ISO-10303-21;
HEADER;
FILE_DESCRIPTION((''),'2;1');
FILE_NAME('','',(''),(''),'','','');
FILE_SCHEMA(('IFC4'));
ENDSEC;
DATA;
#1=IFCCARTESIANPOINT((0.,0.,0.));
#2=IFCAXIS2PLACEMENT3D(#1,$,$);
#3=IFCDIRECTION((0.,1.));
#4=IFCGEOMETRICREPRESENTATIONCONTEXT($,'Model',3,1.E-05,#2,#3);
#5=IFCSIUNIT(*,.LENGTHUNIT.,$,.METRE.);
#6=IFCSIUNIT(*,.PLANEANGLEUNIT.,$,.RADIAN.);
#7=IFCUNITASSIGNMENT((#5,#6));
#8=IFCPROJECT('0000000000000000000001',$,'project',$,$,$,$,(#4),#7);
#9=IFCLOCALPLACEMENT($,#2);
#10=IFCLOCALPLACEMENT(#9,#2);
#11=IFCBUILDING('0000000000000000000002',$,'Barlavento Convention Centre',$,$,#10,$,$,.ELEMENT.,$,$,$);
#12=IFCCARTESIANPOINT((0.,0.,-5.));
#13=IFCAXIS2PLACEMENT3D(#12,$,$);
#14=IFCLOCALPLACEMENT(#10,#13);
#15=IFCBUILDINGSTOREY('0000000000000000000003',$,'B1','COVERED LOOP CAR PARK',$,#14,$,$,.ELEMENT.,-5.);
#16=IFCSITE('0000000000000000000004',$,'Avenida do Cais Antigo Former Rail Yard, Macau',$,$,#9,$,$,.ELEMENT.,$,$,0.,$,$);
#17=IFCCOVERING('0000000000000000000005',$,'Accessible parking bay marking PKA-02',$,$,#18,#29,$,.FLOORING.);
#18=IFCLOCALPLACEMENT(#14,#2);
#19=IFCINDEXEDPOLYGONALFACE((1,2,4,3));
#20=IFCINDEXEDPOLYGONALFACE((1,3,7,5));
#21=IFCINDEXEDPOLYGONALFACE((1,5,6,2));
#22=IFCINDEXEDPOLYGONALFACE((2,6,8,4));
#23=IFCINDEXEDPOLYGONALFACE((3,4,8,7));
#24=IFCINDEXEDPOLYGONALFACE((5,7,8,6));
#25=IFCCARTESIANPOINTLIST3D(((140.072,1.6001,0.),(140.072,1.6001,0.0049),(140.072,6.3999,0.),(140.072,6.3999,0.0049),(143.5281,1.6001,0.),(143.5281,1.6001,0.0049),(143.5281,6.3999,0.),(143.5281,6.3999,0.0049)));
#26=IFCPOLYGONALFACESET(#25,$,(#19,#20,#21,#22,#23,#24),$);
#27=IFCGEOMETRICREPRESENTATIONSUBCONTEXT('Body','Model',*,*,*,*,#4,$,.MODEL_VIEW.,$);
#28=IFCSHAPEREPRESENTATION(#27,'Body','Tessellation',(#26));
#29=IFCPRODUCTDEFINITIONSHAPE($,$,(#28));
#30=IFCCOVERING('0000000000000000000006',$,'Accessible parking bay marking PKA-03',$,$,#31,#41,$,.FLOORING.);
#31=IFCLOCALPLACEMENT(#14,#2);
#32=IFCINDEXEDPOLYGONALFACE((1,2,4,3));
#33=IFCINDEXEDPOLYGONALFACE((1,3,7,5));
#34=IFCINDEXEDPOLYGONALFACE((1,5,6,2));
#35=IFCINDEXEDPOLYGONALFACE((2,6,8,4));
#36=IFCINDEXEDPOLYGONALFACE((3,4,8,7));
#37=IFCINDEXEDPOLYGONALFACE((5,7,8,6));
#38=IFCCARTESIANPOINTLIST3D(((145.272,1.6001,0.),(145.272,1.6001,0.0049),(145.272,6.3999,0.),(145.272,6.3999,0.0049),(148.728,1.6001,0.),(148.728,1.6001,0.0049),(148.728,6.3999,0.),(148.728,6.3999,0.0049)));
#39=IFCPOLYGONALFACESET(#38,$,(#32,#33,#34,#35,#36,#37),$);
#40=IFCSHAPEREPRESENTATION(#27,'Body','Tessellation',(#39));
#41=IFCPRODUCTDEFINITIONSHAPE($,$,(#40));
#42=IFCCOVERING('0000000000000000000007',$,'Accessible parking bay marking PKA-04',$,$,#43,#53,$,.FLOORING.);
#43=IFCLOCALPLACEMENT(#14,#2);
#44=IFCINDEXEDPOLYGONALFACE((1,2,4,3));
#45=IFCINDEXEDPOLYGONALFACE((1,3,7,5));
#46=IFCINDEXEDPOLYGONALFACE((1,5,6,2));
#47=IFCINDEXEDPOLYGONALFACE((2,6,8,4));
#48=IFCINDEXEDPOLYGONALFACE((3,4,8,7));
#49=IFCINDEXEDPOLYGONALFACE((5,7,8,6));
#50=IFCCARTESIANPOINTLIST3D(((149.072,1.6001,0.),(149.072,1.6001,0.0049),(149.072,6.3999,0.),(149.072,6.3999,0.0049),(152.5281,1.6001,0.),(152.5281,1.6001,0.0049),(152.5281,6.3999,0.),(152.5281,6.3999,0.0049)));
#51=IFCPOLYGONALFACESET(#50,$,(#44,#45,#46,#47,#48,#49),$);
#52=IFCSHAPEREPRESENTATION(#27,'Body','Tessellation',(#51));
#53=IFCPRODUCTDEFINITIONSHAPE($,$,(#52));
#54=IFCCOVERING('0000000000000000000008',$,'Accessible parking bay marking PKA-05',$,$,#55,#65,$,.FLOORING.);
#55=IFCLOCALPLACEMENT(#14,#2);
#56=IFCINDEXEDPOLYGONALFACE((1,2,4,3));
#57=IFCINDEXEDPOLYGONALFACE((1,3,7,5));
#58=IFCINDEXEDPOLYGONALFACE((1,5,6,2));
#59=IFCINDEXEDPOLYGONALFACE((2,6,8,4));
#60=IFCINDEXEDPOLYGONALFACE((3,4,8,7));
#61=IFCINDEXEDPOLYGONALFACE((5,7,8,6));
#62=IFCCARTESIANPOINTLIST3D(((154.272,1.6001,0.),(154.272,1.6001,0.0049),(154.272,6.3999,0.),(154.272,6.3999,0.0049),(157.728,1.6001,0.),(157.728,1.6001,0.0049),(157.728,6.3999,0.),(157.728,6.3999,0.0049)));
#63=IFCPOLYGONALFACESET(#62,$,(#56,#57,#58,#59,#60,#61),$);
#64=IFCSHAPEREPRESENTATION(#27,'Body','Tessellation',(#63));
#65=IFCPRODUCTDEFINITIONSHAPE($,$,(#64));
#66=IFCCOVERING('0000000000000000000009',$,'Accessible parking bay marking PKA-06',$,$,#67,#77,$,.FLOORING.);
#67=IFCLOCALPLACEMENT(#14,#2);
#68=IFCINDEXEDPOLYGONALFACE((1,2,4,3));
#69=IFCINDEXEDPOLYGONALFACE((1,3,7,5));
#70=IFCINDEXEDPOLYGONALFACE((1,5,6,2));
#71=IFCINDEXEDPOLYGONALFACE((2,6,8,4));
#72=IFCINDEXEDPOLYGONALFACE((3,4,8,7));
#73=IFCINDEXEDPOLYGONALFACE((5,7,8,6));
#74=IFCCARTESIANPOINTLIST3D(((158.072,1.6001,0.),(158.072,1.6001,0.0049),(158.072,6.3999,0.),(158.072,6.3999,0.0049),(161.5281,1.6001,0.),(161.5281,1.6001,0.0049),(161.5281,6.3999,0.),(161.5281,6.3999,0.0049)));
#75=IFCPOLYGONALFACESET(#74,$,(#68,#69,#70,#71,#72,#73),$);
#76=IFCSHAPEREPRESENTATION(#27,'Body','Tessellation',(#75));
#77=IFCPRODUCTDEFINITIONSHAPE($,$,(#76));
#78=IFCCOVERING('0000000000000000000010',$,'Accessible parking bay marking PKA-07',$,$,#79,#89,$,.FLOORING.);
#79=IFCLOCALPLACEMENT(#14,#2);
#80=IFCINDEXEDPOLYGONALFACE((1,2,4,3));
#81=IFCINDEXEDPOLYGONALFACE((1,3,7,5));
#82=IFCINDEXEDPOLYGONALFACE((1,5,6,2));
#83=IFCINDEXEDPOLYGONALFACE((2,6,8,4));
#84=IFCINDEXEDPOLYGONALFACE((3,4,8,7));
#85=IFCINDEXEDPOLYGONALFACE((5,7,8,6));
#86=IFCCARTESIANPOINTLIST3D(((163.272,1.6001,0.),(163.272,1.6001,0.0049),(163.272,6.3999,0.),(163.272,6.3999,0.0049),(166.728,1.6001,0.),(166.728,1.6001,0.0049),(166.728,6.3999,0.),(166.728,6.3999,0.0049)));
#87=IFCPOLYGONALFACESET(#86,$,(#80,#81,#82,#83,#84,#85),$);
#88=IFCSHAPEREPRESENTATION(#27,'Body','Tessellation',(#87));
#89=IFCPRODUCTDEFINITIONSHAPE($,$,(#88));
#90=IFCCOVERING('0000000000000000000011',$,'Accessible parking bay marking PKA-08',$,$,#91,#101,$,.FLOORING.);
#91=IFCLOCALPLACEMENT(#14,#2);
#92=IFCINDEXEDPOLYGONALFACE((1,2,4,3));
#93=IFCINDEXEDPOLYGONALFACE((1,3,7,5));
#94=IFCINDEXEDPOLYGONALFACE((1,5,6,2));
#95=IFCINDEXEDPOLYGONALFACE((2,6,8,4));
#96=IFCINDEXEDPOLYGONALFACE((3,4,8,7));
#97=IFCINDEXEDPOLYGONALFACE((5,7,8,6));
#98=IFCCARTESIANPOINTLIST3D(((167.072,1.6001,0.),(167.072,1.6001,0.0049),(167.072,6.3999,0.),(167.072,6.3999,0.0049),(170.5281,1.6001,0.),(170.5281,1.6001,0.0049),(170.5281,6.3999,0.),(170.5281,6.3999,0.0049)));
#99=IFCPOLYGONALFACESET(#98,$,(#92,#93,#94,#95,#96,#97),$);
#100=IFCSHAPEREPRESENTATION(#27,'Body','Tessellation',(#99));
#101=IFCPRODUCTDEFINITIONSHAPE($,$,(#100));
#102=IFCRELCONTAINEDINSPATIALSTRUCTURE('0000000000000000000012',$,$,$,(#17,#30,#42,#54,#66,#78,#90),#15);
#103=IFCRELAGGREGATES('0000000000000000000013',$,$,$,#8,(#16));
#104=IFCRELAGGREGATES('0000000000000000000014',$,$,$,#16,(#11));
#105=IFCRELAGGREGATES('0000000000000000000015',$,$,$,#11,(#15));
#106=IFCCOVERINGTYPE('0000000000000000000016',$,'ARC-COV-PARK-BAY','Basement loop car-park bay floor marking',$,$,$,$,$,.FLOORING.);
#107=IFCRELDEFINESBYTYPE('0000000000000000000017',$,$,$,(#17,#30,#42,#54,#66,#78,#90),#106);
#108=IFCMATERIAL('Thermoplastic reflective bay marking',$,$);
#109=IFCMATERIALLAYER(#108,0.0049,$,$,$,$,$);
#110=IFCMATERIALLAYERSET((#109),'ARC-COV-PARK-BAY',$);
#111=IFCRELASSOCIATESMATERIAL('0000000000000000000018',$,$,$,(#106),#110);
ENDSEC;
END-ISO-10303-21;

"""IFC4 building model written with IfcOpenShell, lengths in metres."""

from ifc_helpers import new_model, si_unit, direction, frame, origin, place, context, subcontext, project, spatial, polyline, outline, extrude, material, layer, layer_set, type_object, element, save


model = new_model("IFC4")

# Units and contexts
model_context = context("Model", 3, precision=1e-05, world=origin(), true_north=direction((0.0, 1.0)))
body_context = subcontext(model_context, "Body", "Model", "MODEL_VIEW")
ifc_project = project(units=[si_unit("LENGTHUNIT", "METRE"), si_unit("PLANEANGLEUNIT", "RADIAN")], contexts=[model_context])

# Site, building, storey
site_placement = place(None, origin())
site = spatial("IfcSite", under=ifc_project, at=site_placement, Name="Avenida do Cais Antigo Former Rail Yard, Macau", CompositionType="ELEMENT", RefElevation=0.0)
building_placement = place(site_placement, origin())
building = spatial("IfcBuilding", under=site, at=building_placement, Name="Barlavento Convention Centre", CompositionType="ELEMENT")
storey_placement = place(building_placement, frame((0.0, 0.0, -5.0)))
storey = spatial("IfcBuildingStorey", under=building, at=storey_placement, Name="B1", Description="COVERED LOOP CAR PARK", CompositionType="ELEMENT", Elevation=-5.0)

# Coverings
ifc_material_1 = material(Name="Thermoplastic reflective bay marking")
ifc_layer_1 = layer(ifc_material_1, 0.0049)
ifc_layer_set_1 = layer_set([ifc_layer_1], Name="ARC-COV-PARK-BAY")
covering_type = type_object("IfcCoveringType", Name="ARC-COV-PARK-BAY", Description="Basement loop car-park bay floor marking", PredefinedType="FLOORING", material=ifc_layer_set_1)
covering_1_placement = place(storey_placement, origin())
element("IfcCovering", 1, at=covering_1_placement, inside=storey, type_object=covering_type, Name="Accessible parking bay marking PKA-02", PredefinedType="FLOORING", context=body_context, shape_type="SweptSolid", body=[
    extrude(outline(polyline([(140.072, 1.6001), (143.5281, 1.6001), (143.5281, 6.3999), (140.072, 6.3999), (140.072, 1.6001)])), origin(), (0.0, 0.0, 1.0), 0.0049),
])
covering_2_placement = place(storey_placement, origin())
element("IfcCovering", 2, at=covering_2_placement, inside=storey, type_object=covering_type, Name="Accessible parking bay marking PKA-03", PredefinedType="FLOORING", context=body_context, shape_type="SweptSolid", body=[
    extrude(outline(polyline([(145.272, 1.6001), (148.728, 1.6001), (148.728, 6.3999), (145.272, 6.3999), (145.272, 1.6001)])), origin(), (0.0, 0.0, 1.0), 0.0049),
])
covering_3_placement = place(storey_placement, origin())
element("IfcCovering", 3, at=covering_3_placement, inside=storey, type_object=covering_type, Name="Accessible parking bay marking PKA-04", PredefinedType="FLOORING", context=body_context, shape_type="SweptSolid", body=[
    extrude(outline(polyline([(149.072, 1.6001), (152.5281, 1.6001), (152.5281, 6.3999), (149.072, 6.3999), (149.072, 1.6001)])), origin(), (0.0, 0.0, 1.0), 0.0049),
])
covering_4_placement = place(storey_placement, origin())
element("IfcCovering", 4, at=covering_4_placement, inside=storey, type_object=covering_type, Name="Accessible parking bay marking PKA-05", PredefinedType="FLOORING", context=body_context, shape_type="SweptSolid", body=[
    extrude(outline(polyline([(154.272, 1.6001), (157.728, 1.6001), (157.728, 6.3999), (154.272, 6.3999), (154.272, 1.6001)])), origin(), (0.0, 0.0, 1.0), 0.0049),
])
covering_5_placement = place(storey_placement, origin())
element("IfcCovering", 5, at=covering_5_placement, inside=storey, type_object=covering_type, Name="Accessible parking bay marking PKA-06", PredefinedType="FLOORING", context=body_context, shape_type="SweptSolid", body=[
    extrude(outline(polyline([(158.072, 1.6001), (161.5281, 1.6001), (161.5281, 6.3999), (158.072, 6.3999), (158.072, 1.6001)])), origin(), (0.0, 0.0, 1.0), 0.0049),
])
covering_6_placement = place(storey_placement, origin())
element("IfcCovering", 6, at=covering_6_placement, inside=storey, type_object=covering_type, Name="Accessible parking bay marking PKA-07", PredefinedType="FLOORING", context=body_context, shape_type="SweptSolid", body=[
    extrude(outline(polyline([(163.272, 1.6001), (166.728, 1.6001), (166.728, 6.3999), (163.272, 6.3999), (163.272, 1.6001)])), origin(), (0.0, 0.0, 1.0), 0.0049),
])
covering_7_placement = place(storey_placement, origin())
element("IfcCovering", 7, at=covering_7_placement, inside=storey, type_object=covering_type, Name="Accessible parking bay marking PKA-08", PredefinedType="FLOORING", context=body_context, shape_type="SweptSolid", body=[
    extrude(outline(polyline([(167.072, 1.6001), (170.5281, 1.6001), (170.5281, 6.3999), (167.072, 6.3999), (167.072, 1.6001)])), origin(), (0.0, 0.0, 1.0), 0.0049),
])

save(model, "model.ifc")
